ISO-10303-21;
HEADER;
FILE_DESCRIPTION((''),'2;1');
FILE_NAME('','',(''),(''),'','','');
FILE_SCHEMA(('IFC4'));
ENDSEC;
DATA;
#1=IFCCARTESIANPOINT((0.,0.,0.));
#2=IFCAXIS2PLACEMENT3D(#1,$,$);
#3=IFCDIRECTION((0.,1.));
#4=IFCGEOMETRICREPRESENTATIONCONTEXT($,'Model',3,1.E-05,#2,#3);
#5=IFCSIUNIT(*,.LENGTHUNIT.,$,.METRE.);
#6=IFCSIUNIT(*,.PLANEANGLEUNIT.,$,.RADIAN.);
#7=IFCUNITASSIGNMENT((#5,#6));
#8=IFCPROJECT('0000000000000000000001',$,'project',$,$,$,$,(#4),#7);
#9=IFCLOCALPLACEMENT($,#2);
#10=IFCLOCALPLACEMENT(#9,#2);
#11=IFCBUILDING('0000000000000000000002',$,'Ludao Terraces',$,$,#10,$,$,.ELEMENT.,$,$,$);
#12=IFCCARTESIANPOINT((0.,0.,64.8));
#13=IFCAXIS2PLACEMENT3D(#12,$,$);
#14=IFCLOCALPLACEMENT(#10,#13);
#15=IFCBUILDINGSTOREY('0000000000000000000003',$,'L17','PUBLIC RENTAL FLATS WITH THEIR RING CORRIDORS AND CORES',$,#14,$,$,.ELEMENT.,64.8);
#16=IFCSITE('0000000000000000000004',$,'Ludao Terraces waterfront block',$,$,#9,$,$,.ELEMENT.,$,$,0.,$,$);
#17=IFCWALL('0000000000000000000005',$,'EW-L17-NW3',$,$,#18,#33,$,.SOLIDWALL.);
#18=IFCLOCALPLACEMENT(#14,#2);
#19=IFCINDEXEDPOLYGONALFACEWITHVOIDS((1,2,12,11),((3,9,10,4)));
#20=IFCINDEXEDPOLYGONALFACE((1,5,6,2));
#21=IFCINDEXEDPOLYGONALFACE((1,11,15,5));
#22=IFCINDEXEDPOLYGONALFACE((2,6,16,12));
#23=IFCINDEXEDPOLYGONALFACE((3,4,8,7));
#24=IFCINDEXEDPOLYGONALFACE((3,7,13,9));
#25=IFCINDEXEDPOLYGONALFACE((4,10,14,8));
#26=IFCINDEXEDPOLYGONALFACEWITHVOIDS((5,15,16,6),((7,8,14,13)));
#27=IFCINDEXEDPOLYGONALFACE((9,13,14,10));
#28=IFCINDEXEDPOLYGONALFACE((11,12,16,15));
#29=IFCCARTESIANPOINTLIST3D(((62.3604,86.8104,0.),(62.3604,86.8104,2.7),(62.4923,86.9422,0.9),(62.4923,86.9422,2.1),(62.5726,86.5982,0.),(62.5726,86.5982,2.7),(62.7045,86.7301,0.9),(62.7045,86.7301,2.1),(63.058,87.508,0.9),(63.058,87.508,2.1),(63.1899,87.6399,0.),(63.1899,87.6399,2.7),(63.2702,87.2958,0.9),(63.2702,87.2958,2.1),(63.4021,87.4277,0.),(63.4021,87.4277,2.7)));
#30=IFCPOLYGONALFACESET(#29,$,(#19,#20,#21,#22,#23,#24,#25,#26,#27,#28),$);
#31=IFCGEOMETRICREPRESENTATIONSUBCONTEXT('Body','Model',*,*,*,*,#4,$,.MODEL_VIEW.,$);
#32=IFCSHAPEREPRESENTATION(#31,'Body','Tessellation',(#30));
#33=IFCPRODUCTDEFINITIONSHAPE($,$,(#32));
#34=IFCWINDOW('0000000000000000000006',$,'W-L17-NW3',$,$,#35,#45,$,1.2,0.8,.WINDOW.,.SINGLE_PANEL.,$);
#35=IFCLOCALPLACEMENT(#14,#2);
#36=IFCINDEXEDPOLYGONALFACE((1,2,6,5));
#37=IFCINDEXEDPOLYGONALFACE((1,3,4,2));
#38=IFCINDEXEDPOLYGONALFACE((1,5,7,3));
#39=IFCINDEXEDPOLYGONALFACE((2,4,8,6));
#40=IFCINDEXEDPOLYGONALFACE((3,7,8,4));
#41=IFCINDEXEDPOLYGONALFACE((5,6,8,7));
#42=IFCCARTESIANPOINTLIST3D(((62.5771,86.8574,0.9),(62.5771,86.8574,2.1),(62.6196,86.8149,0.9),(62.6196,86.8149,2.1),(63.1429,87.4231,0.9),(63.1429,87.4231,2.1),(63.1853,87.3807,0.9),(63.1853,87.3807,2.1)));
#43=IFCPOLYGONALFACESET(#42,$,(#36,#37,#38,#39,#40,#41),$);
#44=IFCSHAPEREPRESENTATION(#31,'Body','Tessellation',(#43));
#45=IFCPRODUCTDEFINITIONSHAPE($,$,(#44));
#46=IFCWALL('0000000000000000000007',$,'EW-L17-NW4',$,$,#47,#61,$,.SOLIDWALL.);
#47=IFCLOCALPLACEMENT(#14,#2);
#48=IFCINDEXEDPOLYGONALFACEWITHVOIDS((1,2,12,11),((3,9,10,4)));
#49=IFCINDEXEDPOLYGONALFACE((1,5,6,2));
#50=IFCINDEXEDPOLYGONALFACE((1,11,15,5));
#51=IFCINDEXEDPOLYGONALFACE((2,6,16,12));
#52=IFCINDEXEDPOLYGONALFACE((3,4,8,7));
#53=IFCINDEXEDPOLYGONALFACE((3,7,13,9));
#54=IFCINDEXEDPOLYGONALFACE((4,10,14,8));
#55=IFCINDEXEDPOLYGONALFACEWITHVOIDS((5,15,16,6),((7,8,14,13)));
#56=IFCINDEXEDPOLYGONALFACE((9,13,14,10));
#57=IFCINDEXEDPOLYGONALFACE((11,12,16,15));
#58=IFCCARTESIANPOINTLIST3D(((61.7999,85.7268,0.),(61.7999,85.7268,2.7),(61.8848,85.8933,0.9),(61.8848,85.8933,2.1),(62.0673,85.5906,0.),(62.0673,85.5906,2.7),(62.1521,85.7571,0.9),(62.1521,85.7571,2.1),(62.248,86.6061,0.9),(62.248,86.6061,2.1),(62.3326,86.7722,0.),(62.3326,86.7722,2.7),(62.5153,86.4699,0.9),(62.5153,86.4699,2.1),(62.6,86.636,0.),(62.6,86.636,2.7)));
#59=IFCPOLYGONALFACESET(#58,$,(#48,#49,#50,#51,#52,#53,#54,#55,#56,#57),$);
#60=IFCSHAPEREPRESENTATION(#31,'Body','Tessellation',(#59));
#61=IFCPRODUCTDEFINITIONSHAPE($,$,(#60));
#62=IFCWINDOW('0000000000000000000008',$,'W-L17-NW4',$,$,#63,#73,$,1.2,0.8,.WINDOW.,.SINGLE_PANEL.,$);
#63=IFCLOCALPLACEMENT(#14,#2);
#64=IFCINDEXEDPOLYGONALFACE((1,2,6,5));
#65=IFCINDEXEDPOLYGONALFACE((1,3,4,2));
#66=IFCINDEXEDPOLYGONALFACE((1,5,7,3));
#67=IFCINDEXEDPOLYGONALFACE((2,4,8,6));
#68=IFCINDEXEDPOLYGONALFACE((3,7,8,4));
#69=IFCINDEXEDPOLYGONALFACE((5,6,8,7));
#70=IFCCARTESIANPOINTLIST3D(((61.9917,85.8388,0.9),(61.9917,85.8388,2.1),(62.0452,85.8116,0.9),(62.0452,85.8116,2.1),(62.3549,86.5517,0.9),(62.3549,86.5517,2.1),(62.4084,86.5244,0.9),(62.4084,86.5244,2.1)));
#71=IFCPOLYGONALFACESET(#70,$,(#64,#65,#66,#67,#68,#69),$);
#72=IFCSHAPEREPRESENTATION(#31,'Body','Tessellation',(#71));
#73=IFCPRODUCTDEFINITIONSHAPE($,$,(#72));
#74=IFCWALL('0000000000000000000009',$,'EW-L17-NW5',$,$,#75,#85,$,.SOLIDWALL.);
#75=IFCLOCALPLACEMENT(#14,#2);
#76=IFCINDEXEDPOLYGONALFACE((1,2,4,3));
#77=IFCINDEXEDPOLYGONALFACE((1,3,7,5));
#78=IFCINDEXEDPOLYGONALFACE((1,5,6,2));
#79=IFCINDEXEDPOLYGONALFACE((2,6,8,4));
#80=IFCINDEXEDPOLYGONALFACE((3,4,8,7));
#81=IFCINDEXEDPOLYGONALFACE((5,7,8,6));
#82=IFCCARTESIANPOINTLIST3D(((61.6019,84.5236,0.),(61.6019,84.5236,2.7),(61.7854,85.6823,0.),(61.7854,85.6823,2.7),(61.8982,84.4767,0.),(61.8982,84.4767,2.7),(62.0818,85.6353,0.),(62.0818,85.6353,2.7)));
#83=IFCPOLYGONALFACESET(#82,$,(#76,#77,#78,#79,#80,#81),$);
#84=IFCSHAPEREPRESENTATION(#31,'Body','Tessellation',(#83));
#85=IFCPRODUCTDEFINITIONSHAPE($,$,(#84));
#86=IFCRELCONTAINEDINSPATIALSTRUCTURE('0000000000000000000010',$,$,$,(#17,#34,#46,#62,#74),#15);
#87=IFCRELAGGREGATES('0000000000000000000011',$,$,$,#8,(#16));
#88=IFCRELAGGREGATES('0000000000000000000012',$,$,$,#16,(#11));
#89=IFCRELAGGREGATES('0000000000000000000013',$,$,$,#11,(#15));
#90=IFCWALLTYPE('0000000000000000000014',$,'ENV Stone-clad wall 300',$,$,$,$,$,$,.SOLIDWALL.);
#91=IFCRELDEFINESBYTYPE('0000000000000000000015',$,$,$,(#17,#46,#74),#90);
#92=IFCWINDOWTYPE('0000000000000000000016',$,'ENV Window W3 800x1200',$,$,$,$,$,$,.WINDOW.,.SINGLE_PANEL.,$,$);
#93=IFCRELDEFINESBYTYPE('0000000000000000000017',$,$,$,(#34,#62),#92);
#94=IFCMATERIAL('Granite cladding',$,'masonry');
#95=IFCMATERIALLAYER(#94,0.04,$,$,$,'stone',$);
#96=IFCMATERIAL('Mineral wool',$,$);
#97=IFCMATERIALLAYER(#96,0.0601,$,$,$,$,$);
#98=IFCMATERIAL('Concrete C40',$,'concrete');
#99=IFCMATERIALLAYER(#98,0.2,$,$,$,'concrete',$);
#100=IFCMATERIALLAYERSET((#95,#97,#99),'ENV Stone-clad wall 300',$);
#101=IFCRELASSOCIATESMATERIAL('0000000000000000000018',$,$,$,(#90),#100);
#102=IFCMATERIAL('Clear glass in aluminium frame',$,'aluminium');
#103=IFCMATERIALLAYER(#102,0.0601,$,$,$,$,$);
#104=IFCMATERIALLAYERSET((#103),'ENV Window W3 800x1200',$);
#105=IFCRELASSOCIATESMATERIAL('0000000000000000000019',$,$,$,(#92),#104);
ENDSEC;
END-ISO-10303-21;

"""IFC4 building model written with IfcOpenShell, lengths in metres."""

from ifc_helpers import new_model, si_unit, direction, frame, frame_2d, origin, place, context, subcontext, project, spatial, rectangle, extrude, material, layer, layer_set, type_object, element, fill, save


model = new_model("IFC4")

# Units and contexts
model_context = context("Model", 3, precision=1e-05, world=origin(), true_north=direction((0.0, 1.0)))
body_context = subcontext(model_context, "Body", "Model", "MODEL_VIEW")
ifc_project = project(units=[si_unit("LENGTHUNIT", "METRE"), si_unit("PLANEANGLEUNIT", "RADIAN")], contexts=[model_context])

# Site, building, storey
site_placement = place(None, origin())
site = spatial("IfcSite", under=ifc_project, at=site_placement, Name="Ludao Terraces waterfront block", CompositionType="ELEMENT", RefElevation=0.0)
building_placement = place(site_placement, origin())
building = spatial("IfcBuilding", under=site, at=building_placement, Name="Ludao Terraces", CompositionType="ELEMENT")
storey_placement = place(building_placement, frame((0.0, 0.0, 64.8)))
storey = spatial("IfcBuildingStorey", under=building, at=storey_placement, Name="L17", Description="PUBLIC RENTAL FLATS WITH THEIR RING CORRIDORS AND CORES", CompositionType="ELEMENT", Elevation=64.8)

# Shared definitions
ifc_material_1 = material(Name="Concrete C40", Category="concrete")

# Shared definitions
ifc_material_2 = material(Name="Granite cladding", Category="masonry")
ifc_layer_1 = layer(ifc_material_2, 0.04, Category="stone")
ifc_material_3 = material(Name="Mineral wool")
ifc_layer_2 = layer(ifc_material_3, 0.0601)
ifc_layer_3 = layer(ifc_material_1, 0.2, Category="concrete")
ifc_layer_set_1 = layer_set([ifc_layer_1, ifc_layer_2, ifc_layer_3], Name="ENV Stone-clad wall 300")
wall_type_1 = type_object("IfcWallType", Name="ENV Stone-clad wall 300", PredefinedType="SOLIDWALL", material=ifc_layer_set_1)
ifc_material_4 = material(Name="Clear glass in aluminium frame", Category="aluminium")

# Walls, openings, windows
ifc_layer_4 = layer(ifc_material_4, 0.0601)
ifc_layer_set_2 = layer_set([ifc_layer_4], Name="ENV Window W3 800x1200")
window_type_1 = type_object("IfcWindowType", Name="ENV Window W3 800x1200", PartitioningType="SINGLE_PANEL", PredefinedType="WINDOW", material=ifc_layer_set_2)
wall_1_placement = place(storey_placement, frame((63.2959, 87.5337, 0.0), z_axis=(0.0, 0.0, 1.0), x_axis=(-0.707107, -0.707107, 0.0)))
wall_1 = element("IfcWall", 1, at=wall_1_placement, inside=storey, type_object=wall_type_1, Name="EW-L17-NW3", PredefinedType="SOLIDWALL", context=body_context, shape_type="SweptSolid", body=[
    extrude(rectangle(XDim=1.1731, YDim=0.3, at=frame_2d((0.5864, 0.0))), origin(), (0.0, 0.0, 1.0), 2.7),
])
opening_1_placement = place(wall_1_placement, frame((0.1865, 0.0, 0.8999)))
opening_1 = element("IfcOpeningElement", 2, at=opening_1_placement, cuts=wall_1, PredefinedType="OPENING", context=body_context, shape_type="SweptSolid", body=[
    extrude(rectangle(XDim=0.8, YDim=1.2, at=frame_2d((0.3999, 0.6001))), frame((0.0, 0.1602, 0.0), z_axis=(0.0, -1.0, 0.0), x_axis=(1.0, 0.0, 0.0)), (0.0, 0.0, 1.0), 0.3201),
])
window_1_placement = place(opening_1_placement, origin())
window_1 = element("IfcWindow", 3, at=window_1_placement, inside=storey, type_object=window_type_1, Name="W-L17-NW3", OverallHeight=1.2, OverallWidth=0.8, PartitioningType="SINGLE_PANEL", PredefinedType="WINDOW", context=body_context, shape_type="SweptSolid", body=[
    extrude(rectangle(XDim=0.8, YDim=1.2, at=frame_2d((0.3999, 0.6001))), frame((0.0, 0.03, 0.0), z_axis=(0.0, -1.0, 0.0), x_axis=(1.0, 0.0, 0.0)), (0.0, 0.0, 1.0), 0.0601),
])
fill(opening_1, window_1)
wall_2_placement = place(storey_placement, frame((62.4663, 86.7041, 0.0), z_axis=(0.0, 0.0, 1.0), x_axis=(-0.454026, -0.890989, 0.0)))
wall_2 = element("IfcWall", 4, at=wall_2_placement, inside=storey, type_object=wall_type_1, Name="EW-L17-NW4", PredefinedType="SOLIDWALL", context=body_context, shape_type="SweptSolid", body=[
    extrude(rectangle(XDim=1.1733, YDim=0.3, at=frame_2d((0.5867, 0.0))), origin(), (0.0, 0.0, 1.0), 2.7),
])
opening_2_placement = place(wall_2_placement, frame((0.1865, 0.0, 0.8999)))
opening_2 = element("IfcOpeningElement", 5, at=opening_2_placement, cuts=wall_2, PredefinedType="OPENING", context=body_context, shape_type="SweptSolid", body=[
    extrude(rectangle(XDim=0.8, YDim=1.2, at=frame_2d((0.3999, 0.6001))), frame((0.0, 0.1602, 0.0), z_axis=(0.0, -1.0, 0.0), x_axis=(1.0, 0.0, 0.0)), (0.0, 0.0, 1.0), 0.3201),
])
window_2_placement = place(opening_2_placement, origin())
window_2 = element("IfcWindow", 6, at=window_2_placement, inside=storey, type_object=window_type_1, Name="W-L17-NW4", OverallHeight=1.2, OverallWidth=0.8, PartitioningType="SINGLE_PANEL", PredefinedType="WINDOW", context=body_context, shape_type="SweptSolid", body=[
    extrude(rectangle(XDim=0.8, YDim=1.2, at=frame_2d((0.3999, 0.6001))), frame((0.0, 0.03, 0.0), z_axis=(0.0, -1.0, 0.0), x_axis=(1.0, 0.0, 0.0)), (0.0, 0.0, 1.0), 0.0601),
])
fill(opening_2, window_2)

# Wall
wall_3_placement = place(storey_placement, frame((61.9336, 85.6587, 0.0), z_axis=(0.0, 0.0, 1.0), x_axis=(-0.156497, -0.987678, 0.0)))
element("IfcWall", 7, at=wall_3_placement, inside=storey, type_object=wall_type_1, Name="EW-L17-NW5", PredefinedType="SOLIDWALL", context=body_context, shape_type="SweptSolid", body=[
    extrude(rectangle(XDim=1.1731, YDim=0.3, at=frame_2d((0.5864, 0.0))), origin(), (0.0, 0.0, 1.0), 2.7),
])

save(model, "model.ifc")
